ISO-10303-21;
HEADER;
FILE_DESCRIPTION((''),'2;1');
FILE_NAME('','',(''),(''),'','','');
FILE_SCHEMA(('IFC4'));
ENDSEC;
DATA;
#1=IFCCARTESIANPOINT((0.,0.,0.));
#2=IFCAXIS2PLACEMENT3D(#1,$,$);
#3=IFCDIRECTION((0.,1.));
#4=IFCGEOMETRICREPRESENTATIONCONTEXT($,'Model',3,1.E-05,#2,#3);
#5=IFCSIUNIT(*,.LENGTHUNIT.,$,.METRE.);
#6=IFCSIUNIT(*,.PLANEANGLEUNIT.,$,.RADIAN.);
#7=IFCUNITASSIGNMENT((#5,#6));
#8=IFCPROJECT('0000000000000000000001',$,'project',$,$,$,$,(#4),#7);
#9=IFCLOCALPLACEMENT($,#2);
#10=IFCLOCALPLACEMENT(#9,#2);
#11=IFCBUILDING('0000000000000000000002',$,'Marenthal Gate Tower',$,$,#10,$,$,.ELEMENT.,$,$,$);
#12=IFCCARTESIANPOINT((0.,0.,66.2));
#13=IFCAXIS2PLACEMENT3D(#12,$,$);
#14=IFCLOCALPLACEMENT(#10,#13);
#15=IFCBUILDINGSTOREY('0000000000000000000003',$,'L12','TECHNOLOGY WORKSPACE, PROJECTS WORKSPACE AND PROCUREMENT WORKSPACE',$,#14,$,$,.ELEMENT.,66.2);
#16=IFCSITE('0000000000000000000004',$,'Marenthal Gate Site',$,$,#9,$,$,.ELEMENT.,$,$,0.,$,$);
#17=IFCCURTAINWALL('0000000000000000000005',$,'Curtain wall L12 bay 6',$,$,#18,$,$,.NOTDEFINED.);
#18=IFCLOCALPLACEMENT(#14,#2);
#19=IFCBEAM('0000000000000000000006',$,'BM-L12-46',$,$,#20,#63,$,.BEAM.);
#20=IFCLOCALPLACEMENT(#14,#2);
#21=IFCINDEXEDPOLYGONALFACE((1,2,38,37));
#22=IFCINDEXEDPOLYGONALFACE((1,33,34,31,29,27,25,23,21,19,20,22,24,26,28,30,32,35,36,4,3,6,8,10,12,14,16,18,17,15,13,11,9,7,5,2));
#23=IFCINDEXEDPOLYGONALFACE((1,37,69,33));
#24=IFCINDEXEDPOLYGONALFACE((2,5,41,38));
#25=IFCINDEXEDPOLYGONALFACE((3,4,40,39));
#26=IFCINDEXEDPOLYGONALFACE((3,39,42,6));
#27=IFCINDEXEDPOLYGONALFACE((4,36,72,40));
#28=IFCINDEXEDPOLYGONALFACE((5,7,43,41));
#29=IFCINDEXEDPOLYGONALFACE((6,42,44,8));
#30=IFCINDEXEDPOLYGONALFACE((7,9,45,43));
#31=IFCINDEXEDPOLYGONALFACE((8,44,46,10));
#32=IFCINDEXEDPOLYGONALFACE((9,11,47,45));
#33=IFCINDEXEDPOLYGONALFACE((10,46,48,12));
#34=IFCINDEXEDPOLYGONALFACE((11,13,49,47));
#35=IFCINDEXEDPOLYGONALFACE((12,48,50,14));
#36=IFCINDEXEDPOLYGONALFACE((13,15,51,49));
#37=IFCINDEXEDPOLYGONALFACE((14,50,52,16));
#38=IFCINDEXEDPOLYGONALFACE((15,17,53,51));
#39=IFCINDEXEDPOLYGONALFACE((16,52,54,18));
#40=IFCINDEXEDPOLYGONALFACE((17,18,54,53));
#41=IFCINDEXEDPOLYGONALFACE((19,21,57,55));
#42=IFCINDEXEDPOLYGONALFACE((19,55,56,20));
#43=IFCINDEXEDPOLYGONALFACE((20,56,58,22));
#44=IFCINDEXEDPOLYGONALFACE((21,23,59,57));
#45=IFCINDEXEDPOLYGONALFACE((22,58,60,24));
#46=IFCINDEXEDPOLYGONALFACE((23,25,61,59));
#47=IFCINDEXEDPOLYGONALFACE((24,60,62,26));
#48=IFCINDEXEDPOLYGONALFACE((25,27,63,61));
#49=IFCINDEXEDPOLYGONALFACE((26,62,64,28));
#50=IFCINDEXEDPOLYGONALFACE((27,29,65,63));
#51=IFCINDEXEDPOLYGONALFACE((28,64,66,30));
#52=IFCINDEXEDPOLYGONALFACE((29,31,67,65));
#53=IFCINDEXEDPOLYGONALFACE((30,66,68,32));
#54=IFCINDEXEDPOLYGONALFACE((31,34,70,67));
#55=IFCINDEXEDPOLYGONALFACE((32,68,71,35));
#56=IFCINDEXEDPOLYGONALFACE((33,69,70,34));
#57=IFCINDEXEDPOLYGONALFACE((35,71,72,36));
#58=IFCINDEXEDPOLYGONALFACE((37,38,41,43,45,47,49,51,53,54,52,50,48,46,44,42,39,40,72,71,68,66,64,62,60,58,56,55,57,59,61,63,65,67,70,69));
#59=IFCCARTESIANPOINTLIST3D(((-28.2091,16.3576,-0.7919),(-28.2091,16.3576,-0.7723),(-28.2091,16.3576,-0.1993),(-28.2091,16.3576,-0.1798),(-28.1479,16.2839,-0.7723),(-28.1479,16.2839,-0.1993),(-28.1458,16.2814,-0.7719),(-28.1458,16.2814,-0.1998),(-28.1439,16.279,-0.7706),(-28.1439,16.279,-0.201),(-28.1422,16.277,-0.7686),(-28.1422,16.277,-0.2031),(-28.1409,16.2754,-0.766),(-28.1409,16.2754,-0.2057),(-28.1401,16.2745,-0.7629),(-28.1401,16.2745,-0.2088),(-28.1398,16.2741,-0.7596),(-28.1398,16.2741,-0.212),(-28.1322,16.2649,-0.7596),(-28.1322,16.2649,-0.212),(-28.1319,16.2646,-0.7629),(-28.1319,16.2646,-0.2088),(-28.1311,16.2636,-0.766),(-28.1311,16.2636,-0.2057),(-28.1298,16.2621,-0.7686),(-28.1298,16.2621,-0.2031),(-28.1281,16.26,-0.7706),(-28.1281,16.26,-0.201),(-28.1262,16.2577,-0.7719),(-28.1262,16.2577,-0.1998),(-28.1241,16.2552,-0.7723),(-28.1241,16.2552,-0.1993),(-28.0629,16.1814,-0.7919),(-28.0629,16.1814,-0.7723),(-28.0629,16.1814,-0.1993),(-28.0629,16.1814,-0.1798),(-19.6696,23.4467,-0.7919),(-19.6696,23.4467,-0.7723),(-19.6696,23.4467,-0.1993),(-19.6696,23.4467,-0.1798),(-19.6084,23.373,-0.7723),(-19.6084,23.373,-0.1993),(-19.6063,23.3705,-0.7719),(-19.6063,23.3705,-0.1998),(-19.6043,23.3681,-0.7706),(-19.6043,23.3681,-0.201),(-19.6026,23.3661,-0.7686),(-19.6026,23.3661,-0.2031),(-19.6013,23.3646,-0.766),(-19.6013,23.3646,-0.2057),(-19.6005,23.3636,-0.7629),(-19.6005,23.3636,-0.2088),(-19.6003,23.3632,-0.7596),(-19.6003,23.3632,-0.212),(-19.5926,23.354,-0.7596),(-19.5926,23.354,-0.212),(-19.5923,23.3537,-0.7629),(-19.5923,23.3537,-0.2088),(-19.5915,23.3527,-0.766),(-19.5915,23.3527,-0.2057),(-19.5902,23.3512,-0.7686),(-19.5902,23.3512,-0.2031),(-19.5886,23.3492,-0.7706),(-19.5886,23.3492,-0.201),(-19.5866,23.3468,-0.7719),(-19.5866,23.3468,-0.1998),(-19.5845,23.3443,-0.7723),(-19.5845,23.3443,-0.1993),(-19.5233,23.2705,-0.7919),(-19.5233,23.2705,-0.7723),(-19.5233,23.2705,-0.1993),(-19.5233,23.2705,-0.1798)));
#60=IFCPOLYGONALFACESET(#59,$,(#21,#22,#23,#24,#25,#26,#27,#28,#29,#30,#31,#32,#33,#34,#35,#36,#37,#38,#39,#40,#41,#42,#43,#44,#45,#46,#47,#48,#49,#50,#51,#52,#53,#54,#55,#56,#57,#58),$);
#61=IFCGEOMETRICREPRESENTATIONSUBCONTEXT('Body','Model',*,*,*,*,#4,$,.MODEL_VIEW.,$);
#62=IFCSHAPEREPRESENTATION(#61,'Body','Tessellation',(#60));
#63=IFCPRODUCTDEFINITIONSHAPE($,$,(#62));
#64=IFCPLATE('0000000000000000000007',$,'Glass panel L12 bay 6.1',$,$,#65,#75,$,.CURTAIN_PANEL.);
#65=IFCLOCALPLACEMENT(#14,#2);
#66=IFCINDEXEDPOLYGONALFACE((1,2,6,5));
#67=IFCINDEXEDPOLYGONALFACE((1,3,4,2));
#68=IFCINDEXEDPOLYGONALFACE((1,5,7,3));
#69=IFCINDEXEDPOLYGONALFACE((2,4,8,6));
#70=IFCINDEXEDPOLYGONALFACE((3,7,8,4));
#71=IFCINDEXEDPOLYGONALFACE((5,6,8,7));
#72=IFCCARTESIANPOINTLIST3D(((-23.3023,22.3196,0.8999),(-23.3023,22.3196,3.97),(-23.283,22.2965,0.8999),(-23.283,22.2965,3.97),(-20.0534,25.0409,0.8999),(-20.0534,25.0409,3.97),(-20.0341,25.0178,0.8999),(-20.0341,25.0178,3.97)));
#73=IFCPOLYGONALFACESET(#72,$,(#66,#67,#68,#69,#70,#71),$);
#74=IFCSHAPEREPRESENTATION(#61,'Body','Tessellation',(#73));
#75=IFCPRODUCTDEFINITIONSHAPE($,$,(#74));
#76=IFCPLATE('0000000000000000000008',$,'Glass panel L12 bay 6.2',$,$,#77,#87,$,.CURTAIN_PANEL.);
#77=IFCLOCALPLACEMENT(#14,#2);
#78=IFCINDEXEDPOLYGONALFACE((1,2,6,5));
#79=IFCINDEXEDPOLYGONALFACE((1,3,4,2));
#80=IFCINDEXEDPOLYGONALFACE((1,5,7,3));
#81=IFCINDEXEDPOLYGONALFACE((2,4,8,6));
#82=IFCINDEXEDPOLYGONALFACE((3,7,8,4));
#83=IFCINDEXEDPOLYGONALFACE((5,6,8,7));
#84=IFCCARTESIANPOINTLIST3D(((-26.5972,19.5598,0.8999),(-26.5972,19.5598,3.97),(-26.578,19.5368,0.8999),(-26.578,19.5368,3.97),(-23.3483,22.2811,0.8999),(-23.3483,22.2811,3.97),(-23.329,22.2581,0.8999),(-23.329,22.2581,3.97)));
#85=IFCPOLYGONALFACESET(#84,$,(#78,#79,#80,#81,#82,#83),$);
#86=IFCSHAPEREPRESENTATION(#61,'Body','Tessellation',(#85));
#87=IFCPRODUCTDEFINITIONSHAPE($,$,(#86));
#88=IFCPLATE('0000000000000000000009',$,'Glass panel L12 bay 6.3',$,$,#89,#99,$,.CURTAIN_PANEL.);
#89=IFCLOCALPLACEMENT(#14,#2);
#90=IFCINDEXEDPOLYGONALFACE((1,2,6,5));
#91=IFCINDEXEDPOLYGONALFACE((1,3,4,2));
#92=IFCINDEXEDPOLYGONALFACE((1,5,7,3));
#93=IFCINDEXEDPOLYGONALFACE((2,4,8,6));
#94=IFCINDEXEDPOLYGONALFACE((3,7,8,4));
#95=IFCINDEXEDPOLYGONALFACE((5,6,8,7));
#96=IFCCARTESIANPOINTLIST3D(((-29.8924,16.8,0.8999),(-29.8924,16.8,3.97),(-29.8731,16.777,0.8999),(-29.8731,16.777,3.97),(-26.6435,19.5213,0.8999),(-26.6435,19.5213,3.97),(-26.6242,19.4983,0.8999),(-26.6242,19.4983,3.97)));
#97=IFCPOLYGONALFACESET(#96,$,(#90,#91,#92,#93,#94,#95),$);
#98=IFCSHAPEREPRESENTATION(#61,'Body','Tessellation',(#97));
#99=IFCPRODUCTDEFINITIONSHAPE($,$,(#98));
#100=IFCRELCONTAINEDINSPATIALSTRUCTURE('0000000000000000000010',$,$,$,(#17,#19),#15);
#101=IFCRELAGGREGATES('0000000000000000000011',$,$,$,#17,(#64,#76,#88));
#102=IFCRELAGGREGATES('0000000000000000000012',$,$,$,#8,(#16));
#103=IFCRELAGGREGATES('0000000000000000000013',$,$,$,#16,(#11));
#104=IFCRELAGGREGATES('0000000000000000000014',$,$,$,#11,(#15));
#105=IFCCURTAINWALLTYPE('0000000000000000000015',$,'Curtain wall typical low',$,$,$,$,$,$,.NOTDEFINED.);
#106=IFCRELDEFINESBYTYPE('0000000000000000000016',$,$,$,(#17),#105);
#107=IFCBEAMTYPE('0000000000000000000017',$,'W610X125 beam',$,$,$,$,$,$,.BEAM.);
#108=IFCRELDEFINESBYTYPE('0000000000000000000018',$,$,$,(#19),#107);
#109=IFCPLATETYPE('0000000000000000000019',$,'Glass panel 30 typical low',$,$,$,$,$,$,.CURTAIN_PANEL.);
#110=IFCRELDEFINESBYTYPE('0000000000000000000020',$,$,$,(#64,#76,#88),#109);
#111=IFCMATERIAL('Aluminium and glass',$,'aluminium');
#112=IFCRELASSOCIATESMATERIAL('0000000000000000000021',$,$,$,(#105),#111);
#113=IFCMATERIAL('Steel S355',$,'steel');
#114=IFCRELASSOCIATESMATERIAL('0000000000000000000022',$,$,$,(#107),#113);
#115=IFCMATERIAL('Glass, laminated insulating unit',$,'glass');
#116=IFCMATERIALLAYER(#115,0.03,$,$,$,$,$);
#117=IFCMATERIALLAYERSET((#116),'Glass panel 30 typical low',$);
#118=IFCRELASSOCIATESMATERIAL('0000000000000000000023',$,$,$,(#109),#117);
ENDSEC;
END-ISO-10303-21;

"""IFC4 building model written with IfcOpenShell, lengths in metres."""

from ifc_helpers import new_model, si_unit, direction, frame, origin, origin_2d, place, context, subcontext, project, spatial, rectangle, i_section, extrude, material, layer, layer_set, material_profile, profile_set, type_object, element, aggregate, save


model = new_model("IFC4")

# Units and contexts
model_context = context("Model", 3, precision=1e-05, world=origin(), true_north=direction((0.0, 1.0)))
body_context = subcontext(model_context, "Body", "Model", "MODEL_VIEW")
ifc_project = project(units=[si_unit("LENGTHUNIT", "METRE"), si_unit("PLANEANGLEUNIT", "RADIAN")], contexts=[model_context])

# Site, building, storey
site_placement = place(None, origin())
site = spatial("IfcSite", under=ifc_project, at=site_placement, Name="Marenthal Gate Site", CompositionType="ELEMENT", RefElevation=0.0)
building_placement = place(site_placement, origin())
building = spatial("IfcBuilding", under=site, at=building_placement, Name="Marenthal Gate Tower", CompositionType="ELEMENT")
storey_placement = place(building_placement, frame((0.0, 0.0, 66.2)))
storey = spatial("IfcBuildingStorey", under=building, at=storey_placement, Name="L12", Description="TECHNOLOGY WORKSPACE, PROJECTS WORKSPACE AND PROCUREMENT WORKSPACE", CompositionType="ELEMENT", Elevation=66.2)

# Curtain wall
ifc_material_1 = material(Name="Aluminium and glass", Category="aluminium")
curtain_wall_type = type_object("IfcCurtainWallType", Name="Curtain wall typical low", PredefinedType="NOTDEFINED", material=ifc_material_1)
curtain_wall_placement = place(storey_placement, origin())
curtain_wall = element("IfcCurtainWall", 1, at=curtain_wall_placement, inside=storey, type_object=curtain_wall_type, Name="Curtain wall L12 bay 6", PredefinedType="NOTDEFINED")

# Beam
ifc_material_2 = material(Name="Steel S355", Category="steel")
ifc_material_profile_1 = material_profile(ifc_material_2, i_section(OverallWidth=0.229, OverallDepth=0.6121, WebThickness=0.012, FlangeThickness=0.0195, FilletRadius=0.0127, at=origin_2d()), Name="W610X125")
ifc_profile_set_1 = profile_set([ifc_material_profile_1], Name="Steel S355")
beam_type_1 = type_object("IfcBeamType", Name="W610X125 beam", PredefinedType="BEAM", material=ifc_profile_set_1)
beam_1_placement = place(storey_placement, frame((-19.5964, 23.3586, -0.4858), z_axis=(-0.769424, -0.638738, 0.0), x_axis=(0.638738, -0.769424, 0.0)))
element("IfcBeam", 2, at=beam_1_placement, inside=storey, type_object=beam_type_1, Name="BM-L12-46", PredefinedType="BEAM", context=body_context, shape_type="SweptSolid", body=[
    extrude(i_section(OverallWidth=0.229, OverallDepth=0.6121, WebThickness=0.012, FlangeThickness=0.0195, FilletRadius=0.0127, at=origin_2d()), origin(), (0.0, 0.0, 1.0), 11.0986),
])

# Plates
ifc_material_3 = material(Name="Glass, laminated insulating unit", Category="glass")
ifc_layer_1 = layer(ifc_material_3, 0.03)
ifc_layer_set_1 = layer_set([ifc_layer_1], Name="Glass panel 30 typical low")
plate_type = type_object("IfcPlateType", Name="Glass panel 30 typical low", PredefinedType="CURTAIN_PANEL", material=ifc_layer_set_1)
plate_1_placement = place(storey_placement, frame((-21.6682, 23.6687, 0.8999), z_axis=(0.0, 0.0, 1.0), x_axis=(-0.766611, -0.642112, 0.0)))
plate_1 = element("IfcPlate", 3, at=plate_1_placement, type_object=plate_type, Name="Glass panel L12 bay 6.1", PredefinedType="CURTAIN_PANEL", context=body_context, shape_type="SweptSolid", body=[
    extrude(rectangle(XDim=4.238, YDim=0.03, at=origin_2d()), origin(), (0.0, 0.0, 1.0), 3.0701),
])
plate_2_placement = place(storey_placement, frame((-24.9631, 20.9089, 0.8999), z_axis=(0.0, 0.0, 1.0), x_axis=(-0.766611, -0.642112, 0.0)))
plate_2 = element("IfcPlate", 4, at=plate_2_placement, type_object=plate_type, Name="Glass panel L12 bay 6.2", PredefinedType="CURTAIN_PANEL", context=body_context, shape_type="SweptSolid", body=[
    extrude(rectangle(XDim=4.238, YDim=0.03, at=origin_2d()), origin(), (0.0, 0.0, 1.0), 3.0701),
])
plate_3_placement = place(storey_placement, frame((-28.2583, 18.1492, 0.8999), z_axis=(0.0, 0.0, 1.0), x_axis=(-0.766611, -0.642112, 0.0)))
plate_3 = element("IfcPlate", 5, at=plate_3_placement, type_object=plate_type, Name="Glass panel L12 bay 6.3", PredefinedType="CURTAIN_PANEL", context=body_context, shape_type="SweptSolid", body=[
    extrude(rectangle(XDim=4.238, YDim=0.03, at=origin_2d()), origin(), (0.0, 0.0, 1.0), 3.0701),
])
aggregate(curtain_wall, [plate_1, plate_2, plate_3])

save(model, "model.ifc")
